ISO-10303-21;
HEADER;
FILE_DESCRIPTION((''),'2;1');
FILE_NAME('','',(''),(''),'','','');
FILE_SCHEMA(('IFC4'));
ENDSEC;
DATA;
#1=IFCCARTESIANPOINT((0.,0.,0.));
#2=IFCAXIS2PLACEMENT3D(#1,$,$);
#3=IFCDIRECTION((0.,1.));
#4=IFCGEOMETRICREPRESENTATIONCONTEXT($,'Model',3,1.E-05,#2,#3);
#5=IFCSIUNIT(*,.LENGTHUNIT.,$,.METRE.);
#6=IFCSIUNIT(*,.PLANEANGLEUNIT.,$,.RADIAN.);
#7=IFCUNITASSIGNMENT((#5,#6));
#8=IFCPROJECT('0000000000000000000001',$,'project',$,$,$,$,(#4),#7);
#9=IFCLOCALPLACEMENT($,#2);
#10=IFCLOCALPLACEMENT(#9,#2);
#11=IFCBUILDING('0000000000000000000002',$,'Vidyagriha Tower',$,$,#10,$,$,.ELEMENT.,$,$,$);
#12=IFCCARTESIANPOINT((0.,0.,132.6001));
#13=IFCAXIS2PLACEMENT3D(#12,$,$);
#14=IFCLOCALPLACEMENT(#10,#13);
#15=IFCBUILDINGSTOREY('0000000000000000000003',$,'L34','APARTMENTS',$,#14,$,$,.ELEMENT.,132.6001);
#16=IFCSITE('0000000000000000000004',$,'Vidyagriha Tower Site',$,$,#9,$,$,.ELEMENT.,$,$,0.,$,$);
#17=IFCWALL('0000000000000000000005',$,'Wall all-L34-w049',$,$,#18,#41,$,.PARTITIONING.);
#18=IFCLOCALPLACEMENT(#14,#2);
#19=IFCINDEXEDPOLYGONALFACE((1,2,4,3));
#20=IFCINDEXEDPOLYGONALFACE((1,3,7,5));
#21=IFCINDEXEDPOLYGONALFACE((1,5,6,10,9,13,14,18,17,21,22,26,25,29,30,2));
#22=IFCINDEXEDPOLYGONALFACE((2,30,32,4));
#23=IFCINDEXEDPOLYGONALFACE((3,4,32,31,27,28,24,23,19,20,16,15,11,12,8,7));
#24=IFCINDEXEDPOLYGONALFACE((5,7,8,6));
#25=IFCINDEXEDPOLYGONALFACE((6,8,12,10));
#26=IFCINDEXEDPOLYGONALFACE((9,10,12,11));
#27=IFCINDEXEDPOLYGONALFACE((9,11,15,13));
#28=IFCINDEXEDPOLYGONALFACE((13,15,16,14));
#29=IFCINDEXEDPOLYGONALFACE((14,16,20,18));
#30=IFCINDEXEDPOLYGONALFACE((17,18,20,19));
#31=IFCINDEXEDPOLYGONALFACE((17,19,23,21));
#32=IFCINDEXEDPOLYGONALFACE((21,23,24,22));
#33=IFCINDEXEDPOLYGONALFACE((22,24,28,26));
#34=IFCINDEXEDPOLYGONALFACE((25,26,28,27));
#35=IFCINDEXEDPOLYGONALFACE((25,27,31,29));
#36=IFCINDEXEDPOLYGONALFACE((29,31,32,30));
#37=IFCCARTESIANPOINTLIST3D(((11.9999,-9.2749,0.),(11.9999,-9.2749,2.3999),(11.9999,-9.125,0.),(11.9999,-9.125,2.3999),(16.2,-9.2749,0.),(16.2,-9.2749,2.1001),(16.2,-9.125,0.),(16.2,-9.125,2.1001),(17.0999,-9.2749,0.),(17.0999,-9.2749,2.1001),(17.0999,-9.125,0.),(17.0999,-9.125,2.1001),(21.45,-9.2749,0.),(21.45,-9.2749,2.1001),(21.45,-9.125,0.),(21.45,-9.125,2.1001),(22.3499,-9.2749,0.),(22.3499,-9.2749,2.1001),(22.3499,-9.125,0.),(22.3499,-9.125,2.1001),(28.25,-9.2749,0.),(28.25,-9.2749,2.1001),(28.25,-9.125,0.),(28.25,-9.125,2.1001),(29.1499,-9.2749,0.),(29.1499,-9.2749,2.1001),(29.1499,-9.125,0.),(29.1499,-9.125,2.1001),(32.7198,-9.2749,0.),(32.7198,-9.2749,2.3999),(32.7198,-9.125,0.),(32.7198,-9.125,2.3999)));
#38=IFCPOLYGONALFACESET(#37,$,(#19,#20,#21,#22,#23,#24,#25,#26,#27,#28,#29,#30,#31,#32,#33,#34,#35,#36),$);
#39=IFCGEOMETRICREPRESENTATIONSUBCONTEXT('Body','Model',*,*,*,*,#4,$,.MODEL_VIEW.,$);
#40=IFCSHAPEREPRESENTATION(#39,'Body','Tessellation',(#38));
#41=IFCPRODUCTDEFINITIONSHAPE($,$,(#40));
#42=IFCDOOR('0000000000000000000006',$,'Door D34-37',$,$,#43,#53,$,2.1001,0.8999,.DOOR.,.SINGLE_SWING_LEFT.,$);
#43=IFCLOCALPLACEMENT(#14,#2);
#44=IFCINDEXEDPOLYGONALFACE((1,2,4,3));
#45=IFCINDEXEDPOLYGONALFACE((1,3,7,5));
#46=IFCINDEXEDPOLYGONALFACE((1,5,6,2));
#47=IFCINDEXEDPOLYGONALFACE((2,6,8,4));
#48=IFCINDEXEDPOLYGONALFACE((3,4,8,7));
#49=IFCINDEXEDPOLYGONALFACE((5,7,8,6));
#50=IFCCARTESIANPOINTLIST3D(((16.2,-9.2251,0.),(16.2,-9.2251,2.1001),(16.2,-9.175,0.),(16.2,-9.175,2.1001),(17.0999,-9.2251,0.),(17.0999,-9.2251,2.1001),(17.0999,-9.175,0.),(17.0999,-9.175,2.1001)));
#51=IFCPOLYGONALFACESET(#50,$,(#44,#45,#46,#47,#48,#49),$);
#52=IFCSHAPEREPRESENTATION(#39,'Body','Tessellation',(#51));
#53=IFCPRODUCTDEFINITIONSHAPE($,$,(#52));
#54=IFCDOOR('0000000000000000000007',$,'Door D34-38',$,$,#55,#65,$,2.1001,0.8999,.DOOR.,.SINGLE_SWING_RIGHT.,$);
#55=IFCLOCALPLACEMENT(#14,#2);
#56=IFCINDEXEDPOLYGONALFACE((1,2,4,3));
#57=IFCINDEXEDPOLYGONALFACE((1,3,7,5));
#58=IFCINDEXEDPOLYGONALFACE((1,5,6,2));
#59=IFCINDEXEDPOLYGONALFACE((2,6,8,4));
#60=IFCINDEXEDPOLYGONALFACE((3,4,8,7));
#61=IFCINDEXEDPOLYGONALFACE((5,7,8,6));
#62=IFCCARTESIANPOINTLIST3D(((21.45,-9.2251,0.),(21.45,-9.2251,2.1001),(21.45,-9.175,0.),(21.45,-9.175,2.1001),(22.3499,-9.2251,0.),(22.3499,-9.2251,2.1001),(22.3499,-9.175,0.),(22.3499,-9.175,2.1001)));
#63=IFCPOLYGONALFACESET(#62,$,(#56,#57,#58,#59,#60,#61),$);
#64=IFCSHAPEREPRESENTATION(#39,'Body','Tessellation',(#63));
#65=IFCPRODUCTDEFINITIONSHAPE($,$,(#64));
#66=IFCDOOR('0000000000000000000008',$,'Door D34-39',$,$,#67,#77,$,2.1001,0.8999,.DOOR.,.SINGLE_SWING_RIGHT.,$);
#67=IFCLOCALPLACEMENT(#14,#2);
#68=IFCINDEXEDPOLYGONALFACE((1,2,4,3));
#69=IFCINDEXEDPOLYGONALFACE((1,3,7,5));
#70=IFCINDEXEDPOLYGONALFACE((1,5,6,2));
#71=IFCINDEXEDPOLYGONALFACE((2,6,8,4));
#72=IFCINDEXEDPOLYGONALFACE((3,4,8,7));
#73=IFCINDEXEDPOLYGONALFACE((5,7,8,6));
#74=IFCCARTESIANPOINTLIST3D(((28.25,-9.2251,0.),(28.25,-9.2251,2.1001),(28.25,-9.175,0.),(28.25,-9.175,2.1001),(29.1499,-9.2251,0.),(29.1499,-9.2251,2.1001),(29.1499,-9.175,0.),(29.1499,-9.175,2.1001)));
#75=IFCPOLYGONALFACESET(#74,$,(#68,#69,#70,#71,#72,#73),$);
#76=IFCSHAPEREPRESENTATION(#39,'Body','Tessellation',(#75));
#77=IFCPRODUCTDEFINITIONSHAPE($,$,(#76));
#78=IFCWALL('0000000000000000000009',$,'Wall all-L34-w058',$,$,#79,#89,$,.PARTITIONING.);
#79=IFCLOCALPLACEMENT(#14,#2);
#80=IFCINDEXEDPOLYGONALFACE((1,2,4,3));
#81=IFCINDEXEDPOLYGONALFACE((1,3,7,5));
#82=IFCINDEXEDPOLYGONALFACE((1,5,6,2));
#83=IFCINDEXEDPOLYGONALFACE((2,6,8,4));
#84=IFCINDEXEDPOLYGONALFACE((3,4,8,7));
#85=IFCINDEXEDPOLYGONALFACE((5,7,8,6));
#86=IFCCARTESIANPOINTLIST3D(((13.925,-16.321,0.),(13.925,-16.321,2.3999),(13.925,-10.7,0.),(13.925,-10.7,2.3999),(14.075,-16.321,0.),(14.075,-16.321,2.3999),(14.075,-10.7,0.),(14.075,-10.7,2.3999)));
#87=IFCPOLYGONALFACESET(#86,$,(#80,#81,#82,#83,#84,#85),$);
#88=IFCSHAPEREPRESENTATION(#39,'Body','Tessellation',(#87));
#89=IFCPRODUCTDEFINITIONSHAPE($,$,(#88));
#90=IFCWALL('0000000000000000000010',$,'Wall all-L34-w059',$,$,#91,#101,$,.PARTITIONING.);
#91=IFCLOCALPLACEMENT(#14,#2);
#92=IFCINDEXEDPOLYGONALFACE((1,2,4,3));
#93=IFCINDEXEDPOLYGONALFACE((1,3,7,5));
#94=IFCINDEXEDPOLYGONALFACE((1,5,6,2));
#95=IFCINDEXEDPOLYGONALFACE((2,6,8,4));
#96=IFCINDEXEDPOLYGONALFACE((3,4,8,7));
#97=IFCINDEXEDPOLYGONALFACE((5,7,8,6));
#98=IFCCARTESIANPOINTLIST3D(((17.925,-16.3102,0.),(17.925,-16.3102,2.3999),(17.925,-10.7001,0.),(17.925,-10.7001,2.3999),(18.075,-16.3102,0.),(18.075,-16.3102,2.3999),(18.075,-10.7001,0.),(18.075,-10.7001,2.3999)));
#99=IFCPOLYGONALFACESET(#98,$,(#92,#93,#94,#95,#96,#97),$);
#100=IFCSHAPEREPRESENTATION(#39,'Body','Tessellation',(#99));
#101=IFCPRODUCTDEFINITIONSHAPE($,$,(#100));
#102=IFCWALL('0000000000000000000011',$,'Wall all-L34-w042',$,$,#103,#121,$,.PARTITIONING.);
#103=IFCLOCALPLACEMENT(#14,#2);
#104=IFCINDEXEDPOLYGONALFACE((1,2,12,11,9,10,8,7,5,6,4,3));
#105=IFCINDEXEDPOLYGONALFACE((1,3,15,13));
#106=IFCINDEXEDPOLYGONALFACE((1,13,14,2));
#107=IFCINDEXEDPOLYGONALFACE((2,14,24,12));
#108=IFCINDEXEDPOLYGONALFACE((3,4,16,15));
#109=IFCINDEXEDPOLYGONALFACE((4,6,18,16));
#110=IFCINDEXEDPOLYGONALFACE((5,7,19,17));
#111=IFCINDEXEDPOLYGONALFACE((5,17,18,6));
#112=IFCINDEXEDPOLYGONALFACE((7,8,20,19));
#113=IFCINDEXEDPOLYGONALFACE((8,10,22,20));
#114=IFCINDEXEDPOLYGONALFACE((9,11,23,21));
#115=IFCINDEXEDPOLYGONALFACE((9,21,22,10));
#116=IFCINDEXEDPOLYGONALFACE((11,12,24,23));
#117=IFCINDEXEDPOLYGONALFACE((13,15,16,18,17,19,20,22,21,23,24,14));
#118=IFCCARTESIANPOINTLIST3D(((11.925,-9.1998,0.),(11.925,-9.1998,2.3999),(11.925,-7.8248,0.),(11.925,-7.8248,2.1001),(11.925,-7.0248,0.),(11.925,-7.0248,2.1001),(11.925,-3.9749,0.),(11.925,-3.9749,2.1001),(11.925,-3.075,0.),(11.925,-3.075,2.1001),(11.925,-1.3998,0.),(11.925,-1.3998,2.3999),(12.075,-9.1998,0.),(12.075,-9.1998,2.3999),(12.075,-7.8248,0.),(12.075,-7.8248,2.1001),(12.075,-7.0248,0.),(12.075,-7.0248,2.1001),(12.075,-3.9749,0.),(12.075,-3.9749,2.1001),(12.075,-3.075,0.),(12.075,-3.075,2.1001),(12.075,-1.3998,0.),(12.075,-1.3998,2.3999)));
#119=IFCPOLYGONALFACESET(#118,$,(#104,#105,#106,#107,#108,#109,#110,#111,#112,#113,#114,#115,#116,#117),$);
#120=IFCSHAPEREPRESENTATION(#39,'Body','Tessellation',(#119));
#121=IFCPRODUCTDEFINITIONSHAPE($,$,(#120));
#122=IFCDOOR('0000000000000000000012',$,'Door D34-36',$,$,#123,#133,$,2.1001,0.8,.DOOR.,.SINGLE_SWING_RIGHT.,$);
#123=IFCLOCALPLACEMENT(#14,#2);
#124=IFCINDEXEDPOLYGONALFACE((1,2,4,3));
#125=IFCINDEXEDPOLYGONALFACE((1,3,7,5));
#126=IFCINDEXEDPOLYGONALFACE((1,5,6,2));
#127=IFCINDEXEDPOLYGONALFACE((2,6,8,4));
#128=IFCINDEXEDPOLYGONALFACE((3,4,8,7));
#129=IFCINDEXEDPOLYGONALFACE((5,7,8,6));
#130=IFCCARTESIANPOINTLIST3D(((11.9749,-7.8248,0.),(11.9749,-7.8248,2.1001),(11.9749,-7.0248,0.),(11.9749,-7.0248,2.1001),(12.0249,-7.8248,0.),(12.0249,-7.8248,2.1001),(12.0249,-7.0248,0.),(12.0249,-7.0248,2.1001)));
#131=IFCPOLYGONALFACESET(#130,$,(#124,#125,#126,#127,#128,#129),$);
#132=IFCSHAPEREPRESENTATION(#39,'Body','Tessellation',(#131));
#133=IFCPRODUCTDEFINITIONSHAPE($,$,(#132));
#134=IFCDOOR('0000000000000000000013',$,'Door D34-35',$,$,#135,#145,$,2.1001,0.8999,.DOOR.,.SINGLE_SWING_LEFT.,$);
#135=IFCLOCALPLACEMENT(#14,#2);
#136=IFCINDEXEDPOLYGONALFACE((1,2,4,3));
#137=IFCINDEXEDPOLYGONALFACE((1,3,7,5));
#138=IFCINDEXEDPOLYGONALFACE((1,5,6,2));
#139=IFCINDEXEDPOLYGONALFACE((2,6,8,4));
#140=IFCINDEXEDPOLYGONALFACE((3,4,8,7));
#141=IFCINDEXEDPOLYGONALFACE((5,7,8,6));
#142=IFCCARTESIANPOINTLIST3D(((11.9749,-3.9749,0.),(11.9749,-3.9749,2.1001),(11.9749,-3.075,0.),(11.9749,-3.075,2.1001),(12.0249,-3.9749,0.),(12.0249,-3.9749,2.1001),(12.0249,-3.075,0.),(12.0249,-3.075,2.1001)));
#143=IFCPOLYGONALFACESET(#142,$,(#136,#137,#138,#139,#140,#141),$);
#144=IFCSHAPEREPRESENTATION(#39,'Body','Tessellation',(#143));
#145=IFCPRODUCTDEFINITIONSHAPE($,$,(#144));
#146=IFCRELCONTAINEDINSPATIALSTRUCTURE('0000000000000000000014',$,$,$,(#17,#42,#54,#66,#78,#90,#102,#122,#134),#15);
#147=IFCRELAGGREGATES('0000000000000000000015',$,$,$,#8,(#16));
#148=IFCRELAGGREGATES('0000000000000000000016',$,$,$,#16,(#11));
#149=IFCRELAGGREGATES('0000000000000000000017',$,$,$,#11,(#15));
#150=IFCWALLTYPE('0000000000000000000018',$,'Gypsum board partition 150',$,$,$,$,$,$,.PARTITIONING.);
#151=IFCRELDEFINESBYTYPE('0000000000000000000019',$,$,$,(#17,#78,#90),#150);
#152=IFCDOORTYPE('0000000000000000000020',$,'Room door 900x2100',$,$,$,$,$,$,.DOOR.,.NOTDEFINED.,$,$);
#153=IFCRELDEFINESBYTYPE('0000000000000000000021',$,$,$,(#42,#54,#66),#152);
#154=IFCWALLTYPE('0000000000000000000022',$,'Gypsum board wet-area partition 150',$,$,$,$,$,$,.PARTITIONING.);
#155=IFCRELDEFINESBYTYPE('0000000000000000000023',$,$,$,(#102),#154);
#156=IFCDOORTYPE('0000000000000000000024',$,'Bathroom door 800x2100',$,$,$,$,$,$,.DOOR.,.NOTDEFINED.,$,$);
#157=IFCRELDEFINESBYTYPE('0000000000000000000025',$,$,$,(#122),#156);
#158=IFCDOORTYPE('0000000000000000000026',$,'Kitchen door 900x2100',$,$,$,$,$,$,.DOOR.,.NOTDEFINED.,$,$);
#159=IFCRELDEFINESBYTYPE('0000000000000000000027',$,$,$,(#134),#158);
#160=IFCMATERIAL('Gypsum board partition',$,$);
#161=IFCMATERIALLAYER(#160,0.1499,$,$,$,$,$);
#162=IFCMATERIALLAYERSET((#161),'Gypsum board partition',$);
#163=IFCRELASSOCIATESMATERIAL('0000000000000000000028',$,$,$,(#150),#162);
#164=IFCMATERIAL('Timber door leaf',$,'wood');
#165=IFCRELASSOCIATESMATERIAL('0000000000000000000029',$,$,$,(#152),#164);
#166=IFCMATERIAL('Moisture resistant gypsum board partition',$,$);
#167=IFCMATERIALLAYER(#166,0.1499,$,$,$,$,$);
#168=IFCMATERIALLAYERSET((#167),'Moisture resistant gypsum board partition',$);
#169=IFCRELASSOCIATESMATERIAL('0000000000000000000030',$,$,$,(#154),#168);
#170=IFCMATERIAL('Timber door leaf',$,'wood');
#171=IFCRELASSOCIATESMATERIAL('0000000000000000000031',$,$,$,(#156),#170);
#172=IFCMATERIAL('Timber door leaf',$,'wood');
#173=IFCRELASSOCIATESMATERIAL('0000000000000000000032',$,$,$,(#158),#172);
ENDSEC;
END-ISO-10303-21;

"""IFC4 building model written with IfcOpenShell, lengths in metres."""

from ifc_helpers import new_model, si_unit, direction, frame, frame_2d, origin, place, context, subcontext, project, spatial, rectangle, extrude, material, layer, layer_set, type_object, element, fill, save


model = new_model("IFC4")

# Units and contexts
model_context = context("Model", 3, precision=1e-05, world=origin(), true_north=direction((0.0, 1.0)))
body_context = subcontext(model_context, "Body", "Model", "MODEL_VIEW")
ifc_project = project(units=[si_unit("LENGTHUNIT", "METRE"), si_unit("PLANEANGLEUNIT", "RADIAN")], contexts=[model_context])

# Site, building, storey
site_placement = place(None, origin())
site = spatial("IfcSite", under=ifc_project, at=site_placement, Name="Vidyagriha Tower Site", CompositionType="ELEMENT", RefElevation=0.0)
building_placement = place(site_placement, origin())
building = spatial("IfcBuilding", under=site, at=building_placement, Name="Vidyagriha Tower", CompositionType="ELEMENT")
storey_placement = place(building_placement, frame((0.0, 0.0, 132.6001)))
storey = spatial("IfcBuildingStorey", under=building, at=storey_placement, Name="L34", Description="APARTMENTS", CompositionType="ELEMENT", Elevation=132.6001)

# Shared definitions
ifc_material_1 = material(Name="Gypsum board partition")
ifc_layer_1 = layer(ifc_material_1, 0.1499)
ifc_layer_set_1 = layer_set([ifc_layer_1], Name="Gypsum board partition")
wall_type_1 = type_object("IfcWallType", Name="Gypsum board partition 150", PredefinedType="PARTITIONING", material=ifc_layer_set_1)

# Wall, openings, doors
wall_1_placement = place(storey_placement, frame((12.0, -9.2, 0.0)))
wall_1 = element("IfcWall", 1, at=wall_1_placement, inside=storey, type_object=wall_type_1, Name="Wall all-L34-w049", PredefinedType="PARTITIONING", context=body_context, shape_type="SweptSolid", body=[
    extrude(rectangle(XDim=20.72, YDim=0.1499, at=frame_2d((10.3599, 0.0))), origin(), (0.0, 0.0, 1.0), 2.3999),
])
opening_1_placement = place(wall_1_placement, frame((4.2, 0.0, 0.0)))
opening_1 = element("IfcOpeningElement", 2, at=opening_1_placement, cuts=wall_1, PredefinedType="OPENING", context=body_context, shape_type="SweptSolid", body=[
    extrude(rectangle(XDim=0.8999, YDim=2.1001, at=frame_2d((0.45, 1.05))), frame((0.0, 0.085, 0.0), z_axis=(0.0, -1.0, 0.0), x_axis=(1.0, 0.0, 0.0)), (0.0, 0.0, 1.0), 0.1699),
])
opening_2_placement = place(wall_1_placement, frame((9.45, 0.0, 0.0)))
opening_2 = element("IfcOpeningElement", 3, at=opening_2_placement, cuts=wall_1, PredefinedType="OPENING", context=body_context, shape_type="SweptSolid", body=[
    extrude(rectangle(XDim=0.8999, YDim=2.1001, at=frame_2d((0.45, 1.05))), frame((0.0, 0.085, 0.0), z_axis=(0.0, -1.0, 0.0), x_axis=(1.0, 0.0, 0.0)), (0.0, 0.0, 1.0), 0.1699),
])
opening_3_placement = place(wall_1_placement, frame((16.25, 0.0, 0.0)))
opening_3 = element("IfcOpeningElement", 4, at=opening_3_placement, cuts=wall_1, PredefinedType="OPENING", context=body_context, shape_type="SweptSolid", body=[
    extrude(rectangle(XDim=0.8999, YDim=2.1001, at=frame_2d((0.45, 1.05))), frame((0.0, 0.085, 0.0), z_axis=(0.0, -1.0, 0.0), x_axis=(1.0, 0.0, 0.0)), (0.0, 0.0, 1.0), 0.1699),
])
ifc_material_2 = material(Name="Timber door leaf", Category="wood")
door_type_1 = type_object("IfcDoorType", Name="Room door 900x2100", OperationType="NOTDEFINED", PredefinedType="DOOR", material=ifc_material_2)
door_1_placement = place(opening_1_placement, origin())
door_1 = element("IfcDoor", 5, at=door_1_placement, inside=storey, type_object=door_type_1, Name="Door D34-37", OperationType="SINGLE_SWING_LEFT", OverallHeight=2.1001, OverallWidth=0.8999, PredefinedType="DOOR", context=body_context, shape_type="SweptSolid", body=[
    extrude(rectangle(XDim=0.8999, YDim=2.1001, at=frame_2d((0.45, 1.05))), frame((0.0, 0.0249, 0.0), z_axis=(0.0, -1.0, 0.0), x_axis=(1.0, 0.0, 0.0)), (0.0, 0.0, 1.0), 0.05),
])
fill(opening_1, door_1)
door_2_placement = place(opening_2_placement, origin())
door_2 = element("IfcDoor", 6, at=door_2_placement, inside=storey, type_object=door_type_1, Name="Door D34-38", OperationType="SINGLE_SWING_RIGHT", OverallHeight=2.1001, OverallWidth=0.8999, PredefinedType="DOOR", context=body_context, shape_type="SweptSolid", body=[
    extrude(rectangle(XDim=0.8999, YDim=2.1001, at=frame_2d((0.45, 1.05))), frame((0.0, 0.0249, 0.0), z_axis=(0.0, -1.0, 0.0), x_axis=(1.0, 0.0, 0.0)), (0.0, 0.0, 1.0), 0.05),
])
fill(opening_2, door_2)
door_3_placement = place(opening_3_placement, origin())
door_3 = element("IfcDoor", 7, at=door_3_placement, inside=storey, type_object=door_type_1, Name="Door D34-39", OperationType="SINGLE_SWING_RIGHT", OverallHeight=2.1001, OverallWidth=0.8999, PredefinedType="DOOR", context=body_context, shape_type="SweptSolid", body=[
    extrude(rectangle(XDim=0.8999, YDim=2.1001, at=frame_2d((0.45, 1.05))), frame((0.0, 0.0249, 0.0), z_axis=(0.0, -1.0, 0.0), x_axis=(1.0, 0.0, 0.0)), (0.0, 0.0, 1.0), 0.05),
])
fill(opening_3, door_3)

# Walls
wall_2_placement = place(storey_placement, frame((14.0, -10.7, 0.0), z_axis=(0.0, 0.0, 1.0), x_axis=(0.0, -1.0, 0.0)))
element("IfcWall", 8, at=wall_2_placement, inside=storey, type_object=wall_type_1, Name="Wall all-L34-w058", PredefinedType="PARTITIONING", context=body_context, shape_type="SweptSolid", body=[
    extrude(rectangle(XDim=5.6211, YDim=0.1499, at=frame_2d((2.8105, 0.0))), origin(), (0.0, 0.0, 1.0), 2.3999),
])
wall_3_placement = place(storey_placement, frame((18.0, -10.7, 0.0), z_axis=(0.0, 0.0, 1.0), x_axis=(0.0, -1.0, 0.0)))
element("IfcWall", 9, at=wall_3_placement, inside=storey, type_object=wall_type_1, Name="Wall all-L34-w059", PredefinedType="PARTITIONING", context=body_context, shape_type="SweptSolid", body=[
    extrude(rectangle(XDim=5.6101, YDim=0.1499, at=frame_2d((2.8052, 0.0))), origin(), (0.0, 0.0, 1.0), 2.3999),
])

# Wall, openings, doors
ifc_material_3 = material(Name="Moisture resistant gypsum board partition")
ifc_layer_2 = layer(ifc_material_3, 0.1499)
ifc_layer_set_2 = layer_set([ifc_layer_2], Name="Moisture resistant gypsum board partition")
wall_type_2 = type_object("IfcWallType", Name="Gypsum board wet-area partition 150", PredefinedType="PARTITIONING", material=ifc_layer_set_2)
wall_4_placement = place(storey_placement, frame((12.0, -1.3999, 0.0), z_axis=(0.0, 0.0, 1.0), x_axis=(0.0, -1.0, 0.0)))
wall_4 = element("IfcWall", 10, at=wall_4_placement, inside=storey, type_object=wall_type_2, Name="Wall all-L34-w042", PredefinedType="PARTITIONING", context=body_context, shape_type="SweptSolid", body=[
    extrude(rectangle(XDim=7.8, YDim=0.1499, at=frame_2d((3.8999, 0.0))), origin(), (0.0, 0.0, 1.0), 2.3999),
])
opening_4_placement = place(wall_4_placement, frame((1.675, 0.0, 0.0)))
opening_4 = element("IfcOpeningElement", 11, at=opening_4_placement, cuts=wall_4, PredefinedType="OPENING", context=body_context, shape_type="SweptSolid", body=[
    extrude(rectangle(XDim=0.8999, YDim=2.1001, at=frame_2d((0.45, 1.05))), frame((0.0, 0.085, 0.0), z_axis=(0.0, -1.0, 0.0), x_axis=(1.0, 0.0, 0.0)), (0.0, 0.0, 1.0), 0.1699),
])
opening_5_placement = place(wall_4_placement, frame((5.625, 0.0, 0.0)))
opening_5 = element("IfcOpeningElement", 12, at=opening_5_placement, cuts=wall_4, PredefinedType="OPENING", context=body_context, shape_type="SweptSolid", body=[
    extrude(rectangle(XDim=0.8, YDim=2.1001, at=frame_2d((0.3999, 1.05))), frame((0.0, 0.085, 0.0), z_axis=(0.0, -1.0, 0.0), x_axis=(1.0, 0.0, 0.0)), (0.0, 0.0, 1.0), 0.1699),
])
ifc_material_4 = material(Name="Timber door leaf", Category="wood")
door_type_2 = type_object("IfcDoorType", Name="Bathroom door 800x2100", OperationType="NOTDEFINED", PredefinedType="DOOR", material=ifc_material_4)
door_4_placement = place(opening_5_placement, origin())
door_4 = element("IfcDoor", 13, at=door_4_placement, inside=storey, type_object=door_type_2, Name="Door D34-36", OperationType="SINGLE_SWING_RIGHT", OverallHeight=2.1001, OverallWidth=0.8, PredefinedType="DOOR", context=body_context, shape_type="SweptSolid", body=[
    extrude(rectangle(XDim=0.8, YDim=2.1001, at=frame_2d((0.3999, 1.05))), frame((0.0, 0.0249, 0.0), z_axis=(0.0, -1.0, 0.0), x_axis=(1.0, 0.0, 0.0)), (0.0, 0.0, 1.0), 0.05),
])
fill(opening_5, door_4)
ifc_material_5 = material(Name="Timber door leaf", Category="wood")
door_type_3 = type_object("IfcDoorType", Name="Kitchen door 900x2100", OperationType="NOTDEFINED", PredefinedType="DOOR", material=ifc_material_5)
door_5_placement = place(opening_4_placement, origin())
door_5 = element("IfcDoor", 14, at=door_5_placement, inside=storey, type_object=door_type_3, Name="Door D34-35", OperationType="SINGLE_SWING_LEFT", OverallHeight=2.1001, OverallWidth=0.8999, PredefinedType="DOOR", context=body_context, shape_type="SweptSolid", body=[
    extrude(rectangle(XDim=0.8999, YDim=2.1001, at=frame_2d((0.45, 1.05))), frame((0.0, 0.0249, 0.0), z_axis=(0.0, -1.0, 0.0), x_axis=(1.0, 0.0, 0.0)), (0.0, 0.0, 1.0), 0.05),
])
fill(opening_4, door_5)

save(model, "model.ifc")
